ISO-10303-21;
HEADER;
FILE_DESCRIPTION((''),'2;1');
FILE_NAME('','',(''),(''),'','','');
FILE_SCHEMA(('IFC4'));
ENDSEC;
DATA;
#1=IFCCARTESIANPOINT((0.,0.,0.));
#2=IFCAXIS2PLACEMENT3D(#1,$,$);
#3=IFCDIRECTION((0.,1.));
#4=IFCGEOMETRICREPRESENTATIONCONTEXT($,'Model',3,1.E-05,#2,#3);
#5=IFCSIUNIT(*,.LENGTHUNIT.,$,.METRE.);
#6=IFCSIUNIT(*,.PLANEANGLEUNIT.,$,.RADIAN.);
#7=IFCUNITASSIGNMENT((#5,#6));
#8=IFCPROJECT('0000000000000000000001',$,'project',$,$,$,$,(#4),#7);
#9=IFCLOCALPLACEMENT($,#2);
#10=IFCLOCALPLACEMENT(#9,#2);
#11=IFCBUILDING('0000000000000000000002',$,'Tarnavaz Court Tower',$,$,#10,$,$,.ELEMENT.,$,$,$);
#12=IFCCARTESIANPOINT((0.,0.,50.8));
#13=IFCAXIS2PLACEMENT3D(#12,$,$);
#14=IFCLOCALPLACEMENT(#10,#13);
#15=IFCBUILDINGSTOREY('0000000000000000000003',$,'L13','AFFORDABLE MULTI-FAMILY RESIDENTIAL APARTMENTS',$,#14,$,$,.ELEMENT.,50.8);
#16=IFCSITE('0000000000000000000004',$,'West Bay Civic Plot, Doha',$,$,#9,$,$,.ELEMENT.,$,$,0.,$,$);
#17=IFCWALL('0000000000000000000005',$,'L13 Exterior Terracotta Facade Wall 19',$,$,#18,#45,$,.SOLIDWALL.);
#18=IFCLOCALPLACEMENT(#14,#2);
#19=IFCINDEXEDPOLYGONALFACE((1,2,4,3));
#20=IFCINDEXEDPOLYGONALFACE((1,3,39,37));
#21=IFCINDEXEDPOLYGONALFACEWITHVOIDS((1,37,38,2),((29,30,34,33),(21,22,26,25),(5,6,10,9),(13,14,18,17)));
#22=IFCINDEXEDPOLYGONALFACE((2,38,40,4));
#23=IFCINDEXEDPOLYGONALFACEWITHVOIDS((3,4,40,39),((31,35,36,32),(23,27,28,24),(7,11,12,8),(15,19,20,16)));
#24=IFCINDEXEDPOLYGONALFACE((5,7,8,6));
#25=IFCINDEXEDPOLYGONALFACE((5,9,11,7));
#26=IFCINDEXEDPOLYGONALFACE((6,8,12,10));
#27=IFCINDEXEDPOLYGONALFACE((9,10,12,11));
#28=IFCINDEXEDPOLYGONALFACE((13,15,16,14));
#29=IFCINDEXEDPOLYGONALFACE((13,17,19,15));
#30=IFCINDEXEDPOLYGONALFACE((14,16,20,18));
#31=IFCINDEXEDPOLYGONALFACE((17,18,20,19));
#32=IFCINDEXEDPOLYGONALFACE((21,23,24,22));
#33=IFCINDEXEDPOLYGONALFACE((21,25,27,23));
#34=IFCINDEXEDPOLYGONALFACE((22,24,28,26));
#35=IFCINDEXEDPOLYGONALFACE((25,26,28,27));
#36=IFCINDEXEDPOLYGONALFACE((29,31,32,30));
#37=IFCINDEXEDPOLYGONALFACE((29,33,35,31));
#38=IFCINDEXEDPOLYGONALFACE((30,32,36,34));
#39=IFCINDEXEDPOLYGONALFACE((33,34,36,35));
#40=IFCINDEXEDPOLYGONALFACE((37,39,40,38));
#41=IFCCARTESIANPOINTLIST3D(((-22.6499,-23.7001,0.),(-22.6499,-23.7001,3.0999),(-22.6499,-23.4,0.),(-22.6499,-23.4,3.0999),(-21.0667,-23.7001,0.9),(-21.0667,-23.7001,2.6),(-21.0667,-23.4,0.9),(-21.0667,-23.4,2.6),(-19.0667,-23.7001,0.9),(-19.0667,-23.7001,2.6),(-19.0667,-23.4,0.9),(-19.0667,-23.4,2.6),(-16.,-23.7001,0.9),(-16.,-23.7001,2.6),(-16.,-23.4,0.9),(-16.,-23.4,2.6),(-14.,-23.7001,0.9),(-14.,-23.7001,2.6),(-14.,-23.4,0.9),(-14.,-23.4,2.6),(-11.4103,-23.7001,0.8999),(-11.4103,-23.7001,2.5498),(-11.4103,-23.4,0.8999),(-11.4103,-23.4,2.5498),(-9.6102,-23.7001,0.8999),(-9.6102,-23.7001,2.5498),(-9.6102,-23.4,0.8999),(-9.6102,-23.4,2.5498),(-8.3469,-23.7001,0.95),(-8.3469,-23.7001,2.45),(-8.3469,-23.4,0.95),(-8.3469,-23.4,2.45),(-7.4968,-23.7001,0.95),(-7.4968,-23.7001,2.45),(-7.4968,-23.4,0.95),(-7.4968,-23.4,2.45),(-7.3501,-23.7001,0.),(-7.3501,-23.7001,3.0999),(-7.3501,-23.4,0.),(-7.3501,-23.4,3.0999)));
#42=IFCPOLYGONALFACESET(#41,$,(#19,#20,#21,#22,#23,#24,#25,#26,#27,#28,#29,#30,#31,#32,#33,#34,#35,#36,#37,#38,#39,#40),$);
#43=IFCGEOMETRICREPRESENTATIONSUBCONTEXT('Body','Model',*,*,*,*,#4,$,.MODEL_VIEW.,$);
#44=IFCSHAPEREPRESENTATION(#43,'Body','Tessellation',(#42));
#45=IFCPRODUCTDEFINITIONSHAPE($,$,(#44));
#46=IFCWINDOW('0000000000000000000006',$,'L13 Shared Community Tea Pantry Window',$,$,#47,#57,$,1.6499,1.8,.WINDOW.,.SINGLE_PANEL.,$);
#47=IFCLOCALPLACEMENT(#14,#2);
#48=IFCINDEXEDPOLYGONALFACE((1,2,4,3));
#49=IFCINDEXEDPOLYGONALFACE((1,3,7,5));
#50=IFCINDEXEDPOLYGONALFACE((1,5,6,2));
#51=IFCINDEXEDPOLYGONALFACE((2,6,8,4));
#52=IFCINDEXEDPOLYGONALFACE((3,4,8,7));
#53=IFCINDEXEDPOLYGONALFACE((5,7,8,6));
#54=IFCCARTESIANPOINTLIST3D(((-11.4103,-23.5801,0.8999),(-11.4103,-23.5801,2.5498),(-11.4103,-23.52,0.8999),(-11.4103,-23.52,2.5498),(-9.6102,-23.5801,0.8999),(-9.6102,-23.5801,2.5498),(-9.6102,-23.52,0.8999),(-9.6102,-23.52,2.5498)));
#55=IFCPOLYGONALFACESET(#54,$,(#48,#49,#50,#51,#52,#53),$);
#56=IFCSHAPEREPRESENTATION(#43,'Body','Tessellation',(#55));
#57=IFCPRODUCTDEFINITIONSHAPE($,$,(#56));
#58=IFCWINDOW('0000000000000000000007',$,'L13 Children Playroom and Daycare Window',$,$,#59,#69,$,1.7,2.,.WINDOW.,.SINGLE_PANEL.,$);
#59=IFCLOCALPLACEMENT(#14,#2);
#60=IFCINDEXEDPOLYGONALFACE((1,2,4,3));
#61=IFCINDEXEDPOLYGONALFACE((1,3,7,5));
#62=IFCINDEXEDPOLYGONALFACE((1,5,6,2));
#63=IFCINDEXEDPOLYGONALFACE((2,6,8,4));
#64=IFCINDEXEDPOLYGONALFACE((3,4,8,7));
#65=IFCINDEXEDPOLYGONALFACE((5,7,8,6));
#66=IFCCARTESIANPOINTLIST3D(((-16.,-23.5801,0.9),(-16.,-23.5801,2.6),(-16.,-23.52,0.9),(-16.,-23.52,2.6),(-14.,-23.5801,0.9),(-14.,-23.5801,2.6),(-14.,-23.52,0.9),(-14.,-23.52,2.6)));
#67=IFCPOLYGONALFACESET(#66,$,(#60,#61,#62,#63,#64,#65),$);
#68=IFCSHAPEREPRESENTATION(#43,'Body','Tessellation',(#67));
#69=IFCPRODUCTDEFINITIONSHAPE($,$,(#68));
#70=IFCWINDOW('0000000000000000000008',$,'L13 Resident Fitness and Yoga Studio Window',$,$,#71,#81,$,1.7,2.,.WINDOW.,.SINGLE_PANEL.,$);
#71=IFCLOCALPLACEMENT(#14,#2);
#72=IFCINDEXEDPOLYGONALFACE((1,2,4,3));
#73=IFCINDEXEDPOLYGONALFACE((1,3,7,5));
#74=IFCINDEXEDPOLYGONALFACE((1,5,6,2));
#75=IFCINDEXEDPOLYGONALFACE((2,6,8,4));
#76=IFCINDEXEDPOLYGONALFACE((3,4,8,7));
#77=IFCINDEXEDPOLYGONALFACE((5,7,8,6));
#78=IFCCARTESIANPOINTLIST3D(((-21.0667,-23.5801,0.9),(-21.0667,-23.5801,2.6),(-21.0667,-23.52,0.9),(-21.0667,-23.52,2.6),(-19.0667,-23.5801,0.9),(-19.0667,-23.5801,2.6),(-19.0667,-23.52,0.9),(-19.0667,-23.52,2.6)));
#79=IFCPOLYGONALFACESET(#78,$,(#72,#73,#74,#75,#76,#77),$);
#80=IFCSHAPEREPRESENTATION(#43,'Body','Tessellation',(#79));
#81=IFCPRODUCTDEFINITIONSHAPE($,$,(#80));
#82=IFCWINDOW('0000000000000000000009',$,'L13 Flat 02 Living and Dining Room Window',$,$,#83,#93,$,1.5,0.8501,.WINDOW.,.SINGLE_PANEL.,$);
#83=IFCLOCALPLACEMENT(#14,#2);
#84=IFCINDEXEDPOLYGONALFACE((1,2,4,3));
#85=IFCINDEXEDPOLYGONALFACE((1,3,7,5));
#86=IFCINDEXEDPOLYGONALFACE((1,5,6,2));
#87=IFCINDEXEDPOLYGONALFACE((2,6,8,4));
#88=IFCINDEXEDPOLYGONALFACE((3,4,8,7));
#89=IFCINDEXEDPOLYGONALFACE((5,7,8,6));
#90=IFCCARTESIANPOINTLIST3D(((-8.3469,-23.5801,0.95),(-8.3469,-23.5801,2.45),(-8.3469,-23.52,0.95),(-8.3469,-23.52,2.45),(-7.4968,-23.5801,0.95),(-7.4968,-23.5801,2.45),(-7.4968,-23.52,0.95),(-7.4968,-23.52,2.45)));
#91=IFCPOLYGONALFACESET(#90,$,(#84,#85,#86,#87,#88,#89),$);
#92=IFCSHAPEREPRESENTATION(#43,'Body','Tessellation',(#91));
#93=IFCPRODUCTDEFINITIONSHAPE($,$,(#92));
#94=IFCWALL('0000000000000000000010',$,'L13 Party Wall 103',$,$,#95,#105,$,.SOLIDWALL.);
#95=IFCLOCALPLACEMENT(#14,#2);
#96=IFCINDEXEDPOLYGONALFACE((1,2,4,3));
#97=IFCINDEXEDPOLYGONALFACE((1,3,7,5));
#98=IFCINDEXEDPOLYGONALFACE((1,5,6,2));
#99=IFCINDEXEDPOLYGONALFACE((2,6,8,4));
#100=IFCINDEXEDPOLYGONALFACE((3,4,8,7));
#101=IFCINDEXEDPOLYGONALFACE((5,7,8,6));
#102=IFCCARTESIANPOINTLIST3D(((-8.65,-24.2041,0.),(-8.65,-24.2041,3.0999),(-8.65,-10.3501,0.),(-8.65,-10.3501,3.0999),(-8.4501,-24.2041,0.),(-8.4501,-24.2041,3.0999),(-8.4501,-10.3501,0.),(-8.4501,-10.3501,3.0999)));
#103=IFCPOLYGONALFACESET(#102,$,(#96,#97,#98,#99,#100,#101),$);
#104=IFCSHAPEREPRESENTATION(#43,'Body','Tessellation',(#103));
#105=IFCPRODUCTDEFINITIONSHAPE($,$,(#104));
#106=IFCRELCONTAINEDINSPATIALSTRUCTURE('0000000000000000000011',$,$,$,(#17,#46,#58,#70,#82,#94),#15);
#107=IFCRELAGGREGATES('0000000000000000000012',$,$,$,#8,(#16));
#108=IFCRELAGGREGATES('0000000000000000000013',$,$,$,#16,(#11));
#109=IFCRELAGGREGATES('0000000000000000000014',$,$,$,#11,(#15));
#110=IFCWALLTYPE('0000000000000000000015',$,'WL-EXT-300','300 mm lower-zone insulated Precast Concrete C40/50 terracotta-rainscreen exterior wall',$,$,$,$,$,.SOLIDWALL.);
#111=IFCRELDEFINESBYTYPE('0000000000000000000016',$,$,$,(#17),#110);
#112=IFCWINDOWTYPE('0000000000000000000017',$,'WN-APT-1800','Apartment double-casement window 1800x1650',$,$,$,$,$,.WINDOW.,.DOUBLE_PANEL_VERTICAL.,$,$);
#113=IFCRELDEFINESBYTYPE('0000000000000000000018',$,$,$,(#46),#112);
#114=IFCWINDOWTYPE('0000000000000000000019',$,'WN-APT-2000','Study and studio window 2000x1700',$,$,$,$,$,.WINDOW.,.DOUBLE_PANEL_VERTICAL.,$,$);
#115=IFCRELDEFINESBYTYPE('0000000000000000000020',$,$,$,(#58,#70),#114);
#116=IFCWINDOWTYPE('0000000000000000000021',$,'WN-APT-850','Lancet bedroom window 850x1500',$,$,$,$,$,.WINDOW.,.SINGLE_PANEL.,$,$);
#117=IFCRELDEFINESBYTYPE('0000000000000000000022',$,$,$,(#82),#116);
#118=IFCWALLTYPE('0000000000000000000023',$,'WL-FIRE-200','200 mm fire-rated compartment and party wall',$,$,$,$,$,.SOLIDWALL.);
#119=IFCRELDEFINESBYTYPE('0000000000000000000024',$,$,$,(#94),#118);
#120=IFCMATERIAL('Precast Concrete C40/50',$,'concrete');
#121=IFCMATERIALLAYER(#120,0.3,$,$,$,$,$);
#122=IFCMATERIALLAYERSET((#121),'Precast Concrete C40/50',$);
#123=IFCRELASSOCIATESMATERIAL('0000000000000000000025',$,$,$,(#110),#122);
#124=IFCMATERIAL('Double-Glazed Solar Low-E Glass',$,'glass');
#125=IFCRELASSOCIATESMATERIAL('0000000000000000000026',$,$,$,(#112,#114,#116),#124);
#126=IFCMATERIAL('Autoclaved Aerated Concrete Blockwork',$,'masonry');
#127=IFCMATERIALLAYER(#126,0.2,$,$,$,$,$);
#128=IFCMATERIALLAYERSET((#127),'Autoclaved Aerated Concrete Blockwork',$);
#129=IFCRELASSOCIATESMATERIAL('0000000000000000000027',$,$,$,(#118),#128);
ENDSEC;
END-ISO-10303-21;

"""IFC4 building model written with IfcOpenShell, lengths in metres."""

from ifc_helpers import new_model, si_unit, direction, frame, frame_2d, origin, place, context, subcontext, project, spatial, rectangle, extrude, material, layer, layer_set, type_object, element, fill, save


model = new_model("IFC4")

# Units and contexts
model_context = context("Model", 3, precision=1e-05, world=origin(), true_north=direction((0.0, 1.0)))
body_context = subcontext(model_context, "Body", "Model", "MODEL_VIEW")
ifc_project = project(units=[si_unit("LENGTHUNIT", "METRE"), si_unit("PLANEANGLEUNIT", "RADIAN")], contexts=[model_context])

# Site, building, storey
site_placement = place(None, origin())
site = spatial("IfcSite", under=ifc_project, at=site_placement, Name="West Bay Civic Plot, Doha", CompositionType="ELEMENT", RefElevation=0.0)
building_placement = place(site_placement, origin())
building = spatial("IfcBuilding", under=site, at=building_placement, Name="Tarnavaz Court Tower", CompositionType="ELEMENT")
storey_placement = place(building_placement, frame((0.0, 0.0, 50.8)))
storey = spatial("IfcBuildingStorey", under=building, at=storey_placement, Name="L13", Description="AFFORDABLE MULTI-FAMILY RESIDENTIAL APARTMENTS", CompositionType="ELEMENT", Elevation=50.8)

# Shared definitions
ifc_material_1 = material(Name="Double-Glazed Solar Low-E Glass", Category="glass")

# Shared definitions
ifc_material_2 = material(Name="Precast Concrete C40/50", Category="concrete")
ifc_layer_1 = layer(ifc_material_2, 0.3)
ifc_layer_set_1 = layer_set([ifc_layer_1], Name="Precast Concrete C40/50")
wall_type_1 = type_object("IfcWallType", Name="WL-EXT-300", Description="300 mm lower-zone insulated Precast Concrete C40/50 terracotta-rainscreen exterior wall", PredefinedType="SOLIDWALL", material=ifc_layer_set_1)

# Wall, openings, windows
wall_1_placement = place(storey_placement, frame((-7.3501, -23.55, 0.0), z_axis=(0.0, 0.0, 1.0), x_axis=(-1.0, 0.0, 0.0)))
wall_1 = element("IfcWall", 1, at=wall_1_placement, inside=storey, type_object=wall_type_1, Name="L13 Exterior Terracotta Facade Wall 19", PredefinedType="SOLIDWALL", context=body_context, shape_type="SweptSolid", body=[
    extrude(rectangle(XDim=15.2998, YDim=0.3, at=frame_2d((7.6499, 0.0))), origin(), (0.0, 0.0, 1.0), 3.0999),
])
opening_1_placement = place(wall_1_placement, frame((0.1467, 0.0, 0.95)))
opening_1 = element("IfcOpeningElement", 2, at=opening_1_placement, cuts=wall_1, PredefinedType="OPENING", context=body_context, shape_type="SweptSolid", body=[
    extrude(rectangle(XDim=0.8501, YDim=1.5, at=frame_2d((0.425, 0.75))), frame((0.0, 0.1599, 0.0), z_axis=(0.0, -1.0, 0.0), x_axis=(1.0, 0.0, 0.0)), (0.0, 0.0, 1.0), 0.3201),
])
opening_2_placement = place(wall_1_placement, frame((2.2603, 0.0, 0.8999)))
opening_2 = element("IfcOpeningElement", 3, at=opening_2_placement, cuts=wall_1, PredefinedType="OPENING", context=body_context, shape_type="SweptSolid", body=[
    extrude(rectangle(XDim=1.8, YDim=1.6499, at=frame_2d((0.8999, 0.825))), frame((0.0, 0.1599, 0.0), z_axis=(0.0, -1.0, 0.0), x_axis=(1.0, 0.0, 0.0)), (0.0, 0.0, 1.0), 0.3201),
])
opening_3_placement = place(wall_1_placement, frame((6.6499, 0.0, 0.8999)))
opening_3 = element("IfcOpeningElement", 4, at=opening_3_placement, cuts=wall_1, PredefinedType="OPENING", context=body_context, shape_type="SweptSolid", body=[
    extrude(rectangle(XDim=2.0, YDim=1.7, at=frame_2d((1.0, 0.8501))), frame((0.0, 0.1599, 0.0), z_axis=(0.0, -1.0, 0.0), x_axis=(1.0, 0.0, 0.0)), (0.0, 0.0, 1.0), 0.3201),
])
opening_4_placement = place(wall_1_placement, frame((11.7166, 0.0, 0.8999)))
opening_4 = element("IfcOpeningElement", 5, at=opening_4_placement, cuts=wall_1, PredefinedType="OPENING", context=body_context, shape_type="SweptSolid", body=[
    extrude(rectangle(XDim=2.0, YDim=1.7, at=frame_2d((1.0, 0.8501))), frame((0.0, 0.1599, 0.0), z_axis=(0.0, -1.0, 0.0), x_axis=(1.0, 0.0, 0.0)), (0.0, 0.0, 1.0), 0.3201),
])
window_type_1 = type_object("IfcWindowType", Name="WN-APT-1800", Description="Apartment double-casement window 1800x1650", PartitioningType="DOUBLE_PANEL_VERTICAL", PredefinedType="WINDOW", material=ifc_material_1)
window_1_placement = place(opening_2_placement, origin())
window_1 = element("IfcWindow", 6, at=window_1_placement, inside=storey, type_object=window_type_1, Name="L13 Shared Community Tea Pantry Window", OverallHeight=1.6499, OverallWidth=1.8, PartitioningType="SINGLE_PANEL", PredefinedType="WINDOW", context=body_context, shape_type="SweptSolid", body=[
    extrude(rectangle(XDim=1.8, YDim=1.6499, at=frame_2d((0.8999, 0.825))), frame((0.0, 0.03, 0.0), z_axis=(0.0, -1.0, 0.0), x_axis=(1.0, 0.0, 0.0)), (0.0, 0.0, 1.0), 0.0601),
])
fill(opening_2, window_1)
window_type_2 = type_object("IfcWindowType", Name="WN-APT-2000", Description="Study and studio window 2000x1700", PartitioningType="DOUBLE_PANEL_VERTICAL", PredefinedType="WINDOW", material=ifc_material_1)
window_2_placement = place(opening_3_placement, origin())
window_2 = element("IfcWindow", 7, at=window_2_placement, inside=storey, type_object=window_type_2, Name="L13 Children Playroom and Daycare Window", OverallHeight=1.7, OverallWidth=2.0, PartitioningType="SINGLE_PANEL", PredefinedType="WINDOW", context=body_context, shape_type="SweptSolid", body=[
    extrude(rectangle(XDim=2.0, YDim=1.7, at=frame_2d((1.0, 0.8501))), frame((0.0, 0.03, 0.0), z_axis=(0.0, -1.0, 0.0), x_axis=(1.0, 0.0, 0.0)), (0.0, 0.0, 1.0), 0.0601),
])
fill(opening_3, window_2)
window_3_placement = place(opening_4_placement, origin())
window_3 = element("IfcWindow", 8, at=window_3_placement, inside=storey, type_object=window_type_2, Name="L13 Resident Fitness and Yoga Studio Window", OverallHeight=1.7, OverallWidth=2.0, PartitioningType="SINGLE_PANEL", PredefinedType="WINDOW", context=body_context, shape_type="SweptSolid", body=[
    extrude(rectangle(XDim=2.0, YDim=1.7, at=frame_2d((1.0, 0.8501))), frame((0.0, 0.03, 0.0), z_axis=(0.0, -1.0, 0.0), x_axis=(1.0, 0.0, 0.0)), (0.0, 0.0, 1.0), 0.0601),
])
fill(opening_4, window_3)
window_type_3 = type_object("IfcWindowType", Name="WN-APT-850", Description="Lancet bedroom window 850x1500", PartitioningType="SINGLE_PANEL", PredefinedType="WINDOW", material=ifc_material_1)
window_4_placement = place(opening_1_placement, origin())
window_4 = element("IfcWindow", 9, at=window_4_placement, inside=storey, type_object=window_type_3, Name="L13 Flat 02 Living and Dining Room Window", OverallHeight=1.5, OverallWidth=0.8501, PartitioningType="SINGLE_PANEL", PredefinedType="WINDOW", context=body_context, shape_type="SweptSolid", body=[
    extrude(rectangle(XDim=0.8501, YDim=1.5, at=frame_2d((0.425, 0.75))), frame((0.0, 0.03, 0.0), z_axis=(0.0, -1.0, 0.0), x_axis=(1.0, 0.0, 0.0)), (0.0, 0.0, 1.0), 0.0601),
])
fill(opening_1, window_4)

# Wall
ifc_material_3 = material(Name="Autoclaved Aerated Concrete Blockwork", Category="masonry")
ifc_layer_2 = layer(ifc_material_3, 0.2)
ifc_layer_set_2 = layer_set([ifc_layer_2], Name="Autoclaved Aerated Concrete Blockwork")
wall_type_2 = type_object("IfcWallType", Name="WL-FIRE-200", Description="200 mm fire-rated compartment and party wall", PredefinedType="SOLIDWALL", material=ifc_layer_set_2)
wall_2_placement = place(storey_placement, frame((-8.55, -24.2041, 0.0), z_axis=(0.0, 0.0, 1.0), x_axis=(0.0, 1.0, 0.0)))
element("IfcWall", 10, at=wall_2_placement, inside=storey, type_object=wall_type_2, Name="L13 Party Wall 103", PredefinedType="SOLIDWALL", context=body_context, shape_type="SweptSolid", body=[
    extrude(rectangle(XDim=13.854, YDim=0.2, at=frame_2d((6.927, 0.0))), origin(), (0.0, 0.0, 1.0), 3.0999),
])

save(model, "model.ifc")
